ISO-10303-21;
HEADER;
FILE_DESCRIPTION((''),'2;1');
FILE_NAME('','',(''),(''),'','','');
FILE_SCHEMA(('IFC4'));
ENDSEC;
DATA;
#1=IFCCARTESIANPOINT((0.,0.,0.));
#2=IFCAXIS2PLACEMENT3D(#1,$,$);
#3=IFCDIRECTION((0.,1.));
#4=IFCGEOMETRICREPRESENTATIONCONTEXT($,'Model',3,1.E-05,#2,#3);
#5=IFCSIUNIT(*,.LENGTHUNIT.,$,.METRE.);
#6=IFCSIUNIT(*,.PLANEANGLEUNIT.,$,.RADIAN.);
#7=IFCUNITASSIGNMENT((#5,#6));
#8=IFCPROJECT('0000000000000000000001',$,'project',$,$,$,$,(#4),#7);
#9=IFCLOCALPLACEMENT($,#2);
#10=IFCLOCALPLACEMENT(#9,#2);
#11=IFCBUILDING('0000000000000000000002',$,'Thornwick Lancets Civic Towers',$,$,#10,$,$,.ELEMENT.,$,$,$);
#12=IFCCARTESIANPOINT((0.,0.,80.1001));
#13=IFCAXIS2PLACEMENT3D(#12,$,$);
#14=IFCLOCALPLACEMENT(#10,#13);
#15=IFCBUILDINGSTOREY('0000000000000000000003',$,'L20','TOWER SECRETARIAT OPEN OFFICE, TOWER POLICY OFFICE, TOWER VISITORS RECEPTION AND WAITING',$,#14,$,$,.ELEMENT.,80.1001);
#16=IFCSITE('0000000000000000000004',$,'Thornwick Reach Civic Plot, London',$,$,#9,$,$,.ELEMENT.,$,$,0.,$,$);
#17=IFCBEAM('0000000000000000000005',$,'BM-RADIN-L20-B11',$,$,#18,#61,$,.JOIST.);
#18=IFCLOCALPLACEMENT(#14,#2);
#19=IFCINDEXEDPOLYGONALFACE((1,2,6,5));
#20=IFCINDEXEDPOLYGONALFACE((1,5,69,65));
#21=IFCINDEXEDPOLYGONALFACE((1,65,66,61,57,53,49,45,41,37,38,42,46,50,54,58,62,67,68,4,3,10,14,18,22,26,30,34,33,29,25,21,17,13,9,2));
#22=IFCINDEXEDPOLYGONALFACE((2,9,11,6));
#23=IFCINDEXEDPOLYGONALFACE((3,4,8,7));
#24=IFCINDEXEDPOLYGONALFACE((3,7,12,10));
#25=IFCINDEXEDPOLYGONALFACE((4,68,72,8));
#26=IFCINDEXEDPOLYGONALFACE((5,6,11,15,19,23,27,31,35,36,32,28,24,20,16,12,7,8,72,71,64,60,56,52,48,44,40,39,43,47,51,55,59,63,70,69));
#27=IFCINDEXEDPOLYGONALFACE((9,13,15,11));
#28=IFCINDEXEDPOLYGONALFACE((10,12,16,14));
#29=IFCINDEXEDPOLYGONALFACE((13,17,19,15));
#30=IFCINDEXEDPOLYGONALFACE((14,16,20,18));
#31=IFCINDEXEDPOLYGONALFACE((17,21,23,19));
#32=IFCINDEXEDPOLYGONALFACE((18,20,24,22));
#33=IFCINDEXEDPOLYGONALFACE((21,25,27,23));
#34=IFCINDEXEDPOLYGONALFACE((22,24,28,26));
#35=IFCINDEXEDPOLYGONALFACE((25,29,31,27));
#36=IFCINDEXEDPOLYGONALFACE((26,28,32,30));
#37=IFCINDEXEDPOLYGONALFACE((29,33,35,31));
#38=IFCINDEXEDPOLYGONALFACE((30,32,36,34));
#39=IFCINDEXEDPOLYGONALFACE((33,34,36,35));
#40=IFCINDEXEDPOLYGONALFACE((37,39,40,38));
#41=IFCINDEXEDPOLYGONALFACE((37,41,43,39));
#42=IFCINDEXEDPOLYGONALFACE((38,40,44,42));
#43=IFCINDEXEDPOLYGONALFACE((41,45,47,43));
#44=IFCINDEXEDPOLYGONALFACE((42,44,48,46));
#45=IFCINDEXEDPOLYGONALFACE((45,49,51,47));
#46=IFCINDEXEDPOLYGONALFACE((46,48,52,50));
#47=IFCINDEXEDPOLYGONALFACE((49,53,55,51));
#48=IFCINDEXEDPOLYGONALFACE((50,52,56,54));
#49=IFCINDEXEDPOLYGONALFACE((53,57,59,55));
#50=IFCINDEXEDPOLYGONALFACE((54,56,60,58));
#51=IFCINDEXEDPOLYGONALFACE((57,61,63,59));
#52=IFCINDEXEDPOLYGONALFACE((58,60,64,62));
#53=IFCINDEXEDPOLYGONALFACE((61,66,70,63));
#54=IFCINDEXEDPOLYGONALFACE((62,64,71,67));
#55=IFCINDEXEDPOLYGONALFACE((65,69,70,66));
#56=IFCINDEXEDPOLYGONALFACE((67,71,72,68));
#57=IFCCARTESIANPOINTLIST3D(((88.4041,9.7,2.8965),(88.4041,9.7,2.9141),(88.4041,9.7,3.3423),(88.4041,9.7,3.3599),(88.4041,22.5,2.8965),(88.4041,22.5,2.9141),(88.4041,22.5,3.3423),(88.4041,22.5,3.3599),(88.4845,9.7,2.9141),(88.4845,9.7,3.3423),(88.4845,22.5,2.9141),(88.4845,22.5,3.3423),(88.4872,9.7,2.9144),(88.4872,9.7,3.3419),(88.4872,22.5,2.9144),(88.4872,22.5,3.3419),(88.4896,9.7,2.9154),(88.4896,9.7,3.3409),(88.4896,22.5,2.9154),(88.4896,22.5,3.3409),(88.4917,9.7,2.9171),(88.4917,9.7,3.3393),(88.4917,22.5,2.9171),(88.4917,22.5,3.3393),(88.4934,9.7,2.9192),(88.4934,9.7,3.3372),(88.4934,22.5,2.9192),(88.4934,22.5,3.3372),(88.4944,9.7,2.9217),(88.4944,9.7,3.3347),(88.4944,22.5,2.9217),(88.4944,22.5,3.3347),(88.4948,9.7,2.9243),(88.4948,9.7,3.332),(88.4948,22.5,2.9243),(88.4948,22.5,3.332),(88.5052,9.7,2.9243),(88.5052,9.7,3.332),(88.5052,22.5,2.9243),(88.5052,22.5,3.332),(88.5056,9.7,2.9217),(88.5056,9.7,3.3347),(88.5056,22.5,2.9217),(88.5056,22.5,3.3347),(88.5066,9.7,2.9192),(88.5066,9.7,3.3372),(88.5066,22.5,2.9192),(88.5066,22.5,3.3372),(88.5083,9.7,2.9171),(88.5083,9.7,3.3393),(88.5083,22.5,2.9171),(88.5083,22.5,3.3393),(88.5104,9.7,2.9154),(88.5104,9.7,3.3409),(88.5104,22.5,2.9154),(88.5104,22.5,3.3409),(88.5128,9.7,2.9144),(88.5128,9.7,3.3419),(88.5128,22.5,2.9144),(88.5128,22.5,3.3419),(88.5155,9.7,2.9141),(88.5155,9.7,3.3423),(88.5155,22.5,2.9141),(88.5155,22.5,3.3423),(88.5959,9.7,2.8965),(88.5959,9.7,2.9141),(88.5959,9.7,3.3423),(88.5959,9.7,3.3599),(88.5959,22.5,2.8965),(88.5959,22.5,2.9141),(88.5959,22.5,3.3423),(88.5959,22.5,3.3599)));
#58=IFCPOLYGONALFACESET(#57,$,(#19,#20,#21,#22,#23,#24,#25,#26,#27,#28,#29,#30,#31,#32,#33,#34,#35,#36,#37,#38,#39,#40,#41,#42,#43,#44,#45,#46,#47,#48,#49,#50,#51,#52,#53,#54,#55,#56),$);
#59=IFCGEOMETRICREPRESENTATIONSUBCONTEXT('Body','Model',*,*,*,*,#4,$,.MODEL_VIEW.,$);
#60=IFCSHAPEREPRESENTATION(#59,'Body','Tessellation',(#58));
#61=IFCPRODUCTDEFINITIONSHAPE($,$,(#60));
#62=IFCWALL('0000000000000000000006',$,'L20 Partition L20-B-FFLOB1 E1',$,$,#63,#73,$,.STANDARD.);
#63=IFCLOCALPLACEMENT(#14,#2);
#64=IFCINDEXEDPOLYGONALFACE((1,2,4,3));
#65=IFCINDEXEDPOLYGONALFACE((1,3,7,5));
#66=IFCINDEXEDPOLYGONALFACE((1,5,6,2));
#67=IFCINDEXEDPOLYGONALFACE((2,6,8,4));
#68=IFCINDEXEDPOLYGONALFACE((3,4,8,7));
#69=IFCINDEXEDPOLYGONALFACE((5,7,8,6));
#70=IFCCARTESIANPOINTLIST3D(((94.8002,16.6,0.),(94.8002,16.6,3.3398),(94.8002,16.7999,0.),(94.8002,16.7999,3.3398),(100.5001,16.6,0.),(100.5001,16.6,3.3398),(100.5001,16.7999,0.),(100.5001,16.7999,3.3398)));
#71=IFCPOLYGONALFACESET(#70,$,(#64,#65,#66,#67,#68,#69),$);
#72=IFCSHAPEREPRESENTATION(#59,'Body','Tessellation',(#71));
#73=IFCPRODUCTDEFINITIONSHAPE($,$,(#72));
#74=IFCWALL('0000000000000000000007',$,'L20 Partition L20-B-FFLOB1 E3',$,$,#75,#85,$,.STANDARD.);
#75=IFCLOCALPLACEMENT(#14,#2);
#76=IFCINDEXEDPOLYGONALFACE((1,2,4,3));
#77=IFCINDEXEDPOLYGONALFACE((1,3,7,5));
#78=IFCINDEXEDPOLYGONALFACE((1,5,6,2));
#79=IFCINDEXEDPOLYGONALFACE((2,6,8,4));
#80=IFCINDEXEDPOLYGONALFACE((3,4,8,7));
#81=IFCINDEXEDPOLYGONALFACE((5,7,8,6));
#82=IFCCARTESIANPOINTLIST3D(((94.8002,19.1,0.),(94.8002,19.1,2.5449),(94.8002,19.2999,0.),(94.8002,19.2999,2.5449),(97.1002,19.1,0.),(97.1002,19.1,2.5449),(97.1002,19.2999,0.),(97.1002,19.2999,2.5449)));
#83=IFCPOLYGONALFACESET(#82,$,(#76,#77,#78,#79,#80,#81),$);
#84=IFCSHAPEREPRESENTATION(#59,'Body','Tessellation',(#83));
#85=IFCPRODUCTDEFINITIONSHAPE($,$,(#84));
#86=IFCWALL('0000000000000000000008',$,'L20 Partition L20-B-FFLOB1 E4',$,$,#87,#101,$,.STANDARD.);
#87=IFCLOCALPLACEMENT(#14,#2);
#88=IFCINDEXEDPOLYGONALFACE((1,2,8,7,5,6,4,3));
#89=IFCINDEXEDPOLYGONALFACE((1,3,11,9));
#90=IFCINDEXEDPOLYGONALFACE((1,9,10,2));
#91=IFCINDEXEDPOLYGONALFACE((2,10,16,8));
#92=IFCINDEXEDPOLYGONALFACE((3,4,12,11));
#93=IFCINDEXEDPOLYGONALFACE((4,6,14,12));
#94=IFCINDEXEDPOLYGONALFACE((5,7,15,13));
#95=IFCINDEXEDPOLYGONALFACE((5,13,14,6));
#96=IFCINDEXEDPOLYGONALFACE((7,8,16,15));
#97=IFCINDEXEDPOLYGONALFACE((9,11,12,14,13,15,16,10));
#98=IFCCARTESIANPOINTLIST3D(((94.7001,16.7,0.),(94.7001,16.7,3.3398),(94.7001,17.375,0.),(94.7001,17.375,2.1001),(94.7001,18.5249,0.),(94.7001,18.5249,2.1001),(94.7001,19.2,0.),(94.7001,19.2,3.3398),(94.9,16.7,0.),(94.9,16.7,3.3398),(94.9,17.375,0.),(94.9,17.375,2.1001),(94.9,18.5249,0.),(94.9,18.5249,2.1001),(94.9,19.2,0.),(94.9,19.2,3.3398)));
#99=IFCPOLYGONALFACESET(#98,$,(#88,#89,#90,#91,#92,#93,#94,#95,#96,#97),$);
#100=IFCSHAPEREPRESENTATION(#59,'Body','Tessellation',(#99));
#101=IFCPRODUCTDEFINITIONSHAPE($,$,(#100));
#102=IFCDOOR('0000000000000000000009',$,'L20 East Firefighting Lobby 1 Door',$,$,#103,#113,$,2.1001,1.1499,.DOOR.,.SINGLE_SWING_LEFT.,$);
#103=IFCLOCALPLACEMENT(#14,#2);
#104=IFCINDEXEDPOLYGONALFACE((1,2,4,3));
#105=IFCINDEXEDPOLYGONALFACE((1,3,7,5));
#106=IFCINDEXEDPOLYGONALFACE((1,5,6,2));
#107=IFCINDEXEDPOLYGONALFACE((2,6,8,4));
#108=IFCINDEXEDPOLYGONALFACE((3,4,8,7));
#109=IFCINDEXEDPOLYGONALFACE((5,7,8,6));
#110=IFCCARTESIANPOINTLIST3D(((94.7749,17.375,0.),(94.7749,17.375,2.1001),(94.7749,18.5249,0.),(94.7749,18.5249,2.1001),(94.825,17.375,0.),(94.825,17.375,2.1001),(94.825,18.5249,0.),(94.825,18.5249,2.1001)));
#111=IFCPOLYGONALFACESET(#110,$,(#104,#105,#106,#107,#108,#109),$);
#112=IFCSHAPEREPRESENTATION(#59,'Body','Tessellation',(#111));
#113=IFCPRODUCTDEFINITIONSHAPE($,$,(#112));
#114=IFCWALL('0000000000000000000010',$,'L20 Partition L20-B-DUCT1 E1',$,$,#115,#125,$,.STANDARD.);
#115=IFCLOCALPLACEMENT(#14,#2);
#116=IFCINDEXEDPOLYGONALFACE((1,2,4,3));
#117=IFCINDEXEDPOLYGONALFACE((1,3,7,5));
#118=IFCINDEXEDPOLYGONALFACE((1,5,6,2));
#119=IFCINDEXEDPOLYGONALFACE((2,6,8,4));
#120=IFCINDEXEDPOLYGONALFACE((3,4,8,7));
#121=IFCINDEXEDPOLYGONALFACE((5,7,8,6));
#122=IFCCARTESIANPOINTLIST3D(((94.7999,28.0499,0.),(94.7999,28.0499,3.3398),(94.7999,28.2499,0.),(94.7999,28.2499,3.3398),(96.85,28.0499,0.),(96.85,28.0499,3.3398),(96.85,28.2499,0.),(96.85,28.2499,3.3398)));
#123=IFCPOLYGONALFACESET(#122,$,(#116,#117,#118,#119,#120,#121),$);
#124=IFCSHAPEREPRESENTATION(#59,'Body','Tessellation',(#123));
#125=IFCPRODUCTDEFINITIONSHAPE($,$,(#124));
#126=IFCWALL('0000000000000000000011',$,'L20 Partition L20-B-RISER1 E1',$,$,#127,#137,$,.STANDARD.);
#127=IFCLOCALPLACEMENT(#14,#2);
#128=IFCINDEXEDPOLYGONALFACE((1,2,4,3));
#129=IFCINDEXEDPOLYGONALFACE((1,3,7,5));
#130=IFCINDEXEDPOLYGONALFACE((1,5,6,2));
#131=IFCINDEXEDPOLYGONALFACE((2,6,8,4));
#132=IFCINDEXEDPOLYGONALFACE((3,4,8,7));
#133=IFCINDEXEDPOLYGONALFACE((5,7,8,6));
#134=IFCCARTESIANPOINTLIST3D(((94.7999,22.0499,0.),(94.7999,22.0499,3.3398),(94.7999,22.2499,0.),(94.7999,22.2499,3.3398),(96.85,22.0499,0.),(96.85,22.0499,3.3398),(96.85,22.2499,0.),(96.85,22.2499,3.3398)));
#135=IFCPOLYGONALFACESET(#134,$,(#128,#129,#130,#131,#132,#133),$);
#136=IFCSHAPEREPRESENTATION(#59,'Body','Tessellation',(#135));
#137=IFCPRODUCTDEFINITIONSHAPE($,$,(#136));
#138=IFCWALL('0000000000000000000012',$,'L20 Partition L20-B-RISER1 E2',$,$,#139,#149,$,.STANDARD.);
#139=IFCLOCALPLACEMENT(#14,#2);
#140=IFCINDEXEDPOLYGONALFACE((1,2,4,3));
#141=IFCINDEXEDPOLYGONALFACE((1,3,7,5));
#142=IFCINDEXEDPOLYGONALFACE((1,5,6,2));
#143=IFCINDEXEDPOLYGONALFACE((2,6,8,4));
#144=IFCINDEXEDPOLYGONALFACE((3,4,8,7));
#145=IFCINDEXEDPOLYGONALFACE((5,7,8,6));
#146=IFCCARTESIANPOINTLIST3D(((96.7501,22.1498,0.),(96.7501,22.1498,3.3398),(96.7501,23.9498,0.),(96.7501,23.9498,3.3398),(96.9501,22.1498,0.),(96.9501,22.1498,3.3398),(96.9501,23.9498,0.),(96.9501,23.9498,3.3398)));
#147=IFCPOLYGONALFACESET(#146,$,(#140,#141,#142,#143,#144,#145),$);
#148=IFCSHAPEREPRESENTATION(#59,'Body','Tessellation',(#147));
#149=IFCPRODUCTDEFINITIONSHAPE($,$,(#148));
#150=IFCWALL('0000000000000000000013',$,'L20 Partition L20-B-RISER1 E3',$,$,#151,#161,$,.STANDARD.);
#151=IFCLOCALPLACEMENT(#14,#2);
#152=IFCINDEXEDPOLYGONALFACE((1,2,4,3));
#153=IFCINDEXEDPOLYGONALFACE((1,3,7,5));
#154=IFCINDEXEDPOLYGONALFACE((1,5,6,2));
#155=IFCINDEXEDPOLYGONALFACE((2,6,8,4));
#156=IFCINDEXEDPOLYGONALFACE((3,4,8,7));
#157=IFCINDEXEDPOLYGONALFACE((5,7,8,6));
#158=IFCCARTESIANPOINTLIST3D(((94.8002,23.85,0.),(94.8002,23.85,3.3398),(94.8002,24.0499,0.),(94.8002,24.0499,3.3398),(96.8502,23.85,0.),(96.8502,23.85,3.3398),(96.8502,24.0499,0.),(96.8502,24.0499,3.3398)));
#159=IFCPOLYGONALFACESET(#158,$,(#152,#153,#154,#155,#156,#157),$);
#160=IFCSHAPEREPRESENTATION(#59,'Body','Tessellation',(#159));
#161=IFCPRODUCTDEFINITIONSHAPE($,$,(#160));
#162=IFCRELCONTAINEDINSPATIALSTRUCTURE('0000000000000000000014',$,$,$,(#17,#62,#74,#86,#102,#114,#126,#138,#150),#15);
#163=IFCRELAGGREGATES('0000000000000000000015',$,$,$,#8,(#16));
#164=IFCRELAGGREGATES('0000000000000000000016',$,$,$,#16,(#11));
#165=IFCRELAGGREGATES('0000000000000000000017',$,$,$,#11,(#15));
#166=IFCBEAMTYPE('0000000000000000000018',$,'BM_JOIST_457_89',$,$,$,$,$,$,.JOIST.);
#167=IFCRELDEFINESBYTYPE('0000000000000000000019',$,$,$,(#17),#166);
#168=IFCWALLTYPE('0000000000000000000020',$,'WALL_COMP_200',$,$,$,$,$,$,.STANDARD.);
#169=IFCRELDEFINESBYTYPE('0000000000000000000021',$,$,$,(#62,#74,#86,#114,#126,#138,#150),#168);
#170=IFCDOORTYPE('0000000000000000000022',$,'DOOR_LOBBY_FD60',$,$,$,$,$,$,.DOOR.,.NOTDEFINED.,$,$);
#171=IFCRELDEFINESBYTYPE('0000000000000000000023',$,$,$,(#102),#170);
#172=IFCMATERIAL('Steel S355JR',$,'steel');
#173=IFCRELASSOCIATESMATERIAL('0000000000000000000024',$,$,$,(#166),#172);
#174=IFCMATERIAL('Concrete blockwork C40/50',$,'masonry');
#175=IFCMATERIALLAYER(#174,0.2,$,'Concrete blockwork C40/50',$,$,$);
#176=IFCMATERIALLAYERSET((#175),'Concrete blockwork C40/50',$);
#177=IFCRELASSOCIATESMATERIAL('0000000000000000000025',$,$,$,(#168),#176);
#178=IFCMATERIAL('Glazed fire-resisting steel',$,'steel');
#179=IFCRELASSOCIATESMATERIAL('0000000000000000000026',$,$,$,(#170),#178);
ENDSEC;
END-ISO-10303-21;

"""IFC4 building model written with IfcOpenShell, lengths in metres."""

from ifc_helpers import new_model, si_unit, direction, frame, frame_2d, origin, origin_2d, place, context, subcontext, project, spatial, rectangle, i_section, extrude, material, layer, layer_set, material_profile, profile_set, type_object, element, fill, save


model = new_model("IFC4")

# Units and contexts
model_context = context("Model", 3, precision=1e-05, world=origin(), true_north=direction((0.0, 1.0)))
body_context = subcontext(model_context, "Body", "Model", "MODEL_VIEW")
ifc_project = project(units=[si_unit("LENGTHUNIT", "METRE"), si_unit("PLANEANGLEUNIT", "RADIAN")], contexts=[model_context])

# Site, building, storey
site_placement = place(None, origin())
site = spatial("IfcSite", under=ifc_project, at=site_placement, Name="Thornwick Reach Civic Plot, London", CompositionType="ELEMENT", RefElevation=0.0)
building_placement = place(site_placement, origin())
building = spatial("IfcBuilding", under=site, at=building_placement, Name="Thornwick Lancets Civic Towers", CompositionType="ELEMENT")
storey_placement = place(building_placement, frame((0.0, 0.0, 80.1001)))
storey = spatial("IfcBuildingStorey", under=building, at=storey_placement, Name="L20", Description="TOWER SECRETARIAT OPEN OFFICE, TOWER POLICY OFFICE, TOWER VISITORS RECEPTION AND WAITING", CompositionType="ELEMENT", Elevation=80.1001)

# Beam
ifc_material_1 = material(Name="Steel S355JR", Category="steel")
ifc_material_profile_1 = material_profile(ifc_material_1, i_section(OverallWidth=0.1919, OverallDepth=0.4634, WebThickness=0.0105, FlangeThickness=0.0176, FilletRadius=0.0103, at=origin_2d()), Name="UKB 457x191x89")
ifc_profile_set_1 = profile_set([ifc_material_profile_1], Name="Steel S355JR")
beam_type_1 = type_object("IfcBeamType", Name="BM_JOIST_457_89", PredefinedType="JOIST", material=ifc_profile_set_1)
for number, where, z_axis, x_axis, name in (
    (1, (88.5, 22.5, 3.1282), (0.0, -1.0, 0.0), (1.0, 0.0, 0.0), "BM-RADIN-L20-B11"),
):
    element("IfcBeam", number, at=place(storey_placement, frame(where, z_axis=z_axis, x_axis=x_axis)), inside=storey, type_object=beam_type_1, Name=name, PredefinedType="JOIST", context=body_context, shape_type="SweptSolid", body=[
        extrude(i_section(OverallWidth=0.1919, OverallDepth=0.4634, WebThickness=0.0105, FlangeThickness=0.0176, FilletRadius=0.0103, at=origin_2d()), origin(), (0.0, 0.0, 1.0), 12.8),
    ])

# Walls
ifc_material_2 = material(Name="Concrete blockwork C40/50", Category="masonry")
ifc_layer_1 = layer(ifc_material_2, 0.2, Name="Concrete blockwork C40/50")
ifc_layer_set_1 = layer_set([ifc_layer_1], Name="Concrete blockwork C40/50")
wall_type_1 = type_object("IfcWallType", Name="WALL_COMP_200", PredefinedType="STANDARD", material=ifc_layer_set_1)
wall_1_placement = place(storey_placement, frame((94.8, 16.7, 0.0), z_axis=(0.0, 0.0, 1.0), x_axis=(1.0, 0.0, 0.0)))
element("IfcWall", 2, at=wall_1_placement, inside=storey, type_object=wall_type_1, Name="L20 Partition L20-B-FFLOB1 E1", PredefinedType="STANDARD", context=body_context, shape_type="SweptSolid", body=[
    extrude(rectangle(XDim=5.7, YDim=0.2, at=frame_2d((2.8501, 0.0))), origin(), (0.0, 0.0, 1.0), 3.3398),
])
wall_2_placement = place(storey_placement, frame((97.1001, 19.2, 0.0), z_axis=(0.0, 0.0, 1.0), x_axis=(-1.0, 0.0, 0.0)))
element("IfcWall", 3, at=wall_2_placement, inside=storey, type_object=wall_type_1, Name="L20 Partition L20-B-FFLOB1 E3", PredefinedType="STANDARD", context=body_context, shape_type="SweptSolid", body=[
    extrude(rectangle(XDim=2.3, YDim=0.2, at=frame_2d((1.1499, 0.0))), origin(), (0.0, 0.0, 1.0), 2.5449),
])

# Wall, opening, door
wall_3_placement = place(storey_placement, frame((94.8, 19.2, 0.0), z_axis=(0.0, 0.0, 1.0), x_axis=(0.0, -1.0, 0.0)))
wall_3 = element("IfcWall", 4, at=wall_3_placement, inside=storey, type_object=wall_type_1, Name="L20 Partition L20-B-FFLOB1 E4", PredefinedType="STANDARD", context=body_context, shape_type="SweptSolid", body=[
    extrude(rectangle(XDim=2.5, YDim=0.2, at=frame_2d((1.25, 0.0))), origin(), (0.0, 0.0, 1.0), 3.3398),
])
opening_1_placement = place(wall_3_placement, frame((0.675, 0.0, 0.0)))
opening_1 = element("IfcOpeningElement", 5, at=opening_1_placement, cuts=wall_3, PredefinedType="OPENING", context=body_context, shape_type="SweptSolid", body=[
    extrude(rectangle(XDim=1.1499, YDim=2.1001, at=frame_2d((0.575, 1.05))), frame((0.0, 0.1099, 0.0), z_axis=(0.0, -1.0, 0.0), x_axis=(1.0, 0.0, 0.0)), (0.0, 0.0, 1.0), 0.22),
])
ifc_material_3 = material(Name="Glazed fire-resisting steel", Category="steel")
door_type_1 = type_object("IfcDoorType", Name="DOOR_LOBBY_FD60", OperationType="NOTDEFINED", PredefinedType="DOOR", material=ifc_material_3)
door_1_placement = place(opening_1_placement, origin())
door_1 = element("IfcDoor", 6, at=door_1_placement, inside=storey, type_object=door_type_1, Name="L20 East Firefighting Lobby 1 Door", OperationType="SINGLE_SWING_LEFT", OverallHeight=2.1001, OverallWidth=1.1499, PredefinedType="DOOR", context=body_context, shape_type="SweptSolid", body=[
    extrude(rectangle(XDim=1.1499, YDim=2.1001, at=frame_2d((0.575, 1.05))), frame((0.0, 0.0249, 0.0), z_axis=(0.0, -1.0, 0.0), x_axis=(1.0, 0.0, 0.0)), (0.0, 0.0, 1.0), 0.05),
])
fill(opening_1, door_1)

# Walls
for number, where, z_axis, x_axis, name in (
    (7, (94.8, 28.1499, 0.0), (0.0, 0.0, 1.0), (1.0, 0.0, 0.0), "L20 Partition L20-B-DUCT1 E1"),
    (8, (94.8, 22.1499, 0.0), (0.0, 0.0, 1.0), (1.0, 0.0, 0.0), "L20 Partition L20-B-RISER1 E1"),
):
    element("IfcWall", number, at=place(storey_placement, frame(where, z_axis=z_axis, x_axis=x_axis)), inside=storey, type_object=wall_type_1, Name=name, PredefinedType="STANDARD", context=body_context, shape_type="SweptSolid", body=[
        extrude(rectangle(XDim=2.05, YDim=0.2, at=frame_2d((1.0249, 0.0))), origin(), (0.0, 0.0, 1.0), 3.3398),
    ])
wall_4_placement = place(storey_placement, frame((96.8501, 22.1499, 0.0), z_axis=(0.0, 0.0, 1.0), x_axis=(0.0, 1.0, 0.0)))
element("IfcWall", 9, at=wall_4_placement, inside=storey, type_object=wall_type_1, Name="L20 Partition L20-B-RISER1 E2", PredefinedType="STANDARD", context=body_context, shape_type="SweptSolid", body=[
    extrude(rectangle(XDim=1.8, YDim=0.2, at=frame_2d((0.8999, 0.0))), origin(), (0.0, 0.0, 1.0), 3.3398),
])
wall_5_placement = place(storey_placement, frame((96.8501, 23.95, 0.0), z_axis=(0.0, 0.0, 1.0), x_axis=(-1.0, 0.0, 0.0)))
element("IfcWall", 10, at=wall_5_placement, inside=storey, type_object=wall_type_1, Name="L20 Partition L20-B-RISER1 E3", PredefinedType="STANDARD", context=body_context, shape_type="SweptSolid", body=[
    extrude(rectangle(XDim=2.05, YDim=0.2, at=frame_2d((1.0249, 0.0))), origin(), (0.0, 0.0, 1.0), 3.3398),
])

save(model, "model.ifc")
